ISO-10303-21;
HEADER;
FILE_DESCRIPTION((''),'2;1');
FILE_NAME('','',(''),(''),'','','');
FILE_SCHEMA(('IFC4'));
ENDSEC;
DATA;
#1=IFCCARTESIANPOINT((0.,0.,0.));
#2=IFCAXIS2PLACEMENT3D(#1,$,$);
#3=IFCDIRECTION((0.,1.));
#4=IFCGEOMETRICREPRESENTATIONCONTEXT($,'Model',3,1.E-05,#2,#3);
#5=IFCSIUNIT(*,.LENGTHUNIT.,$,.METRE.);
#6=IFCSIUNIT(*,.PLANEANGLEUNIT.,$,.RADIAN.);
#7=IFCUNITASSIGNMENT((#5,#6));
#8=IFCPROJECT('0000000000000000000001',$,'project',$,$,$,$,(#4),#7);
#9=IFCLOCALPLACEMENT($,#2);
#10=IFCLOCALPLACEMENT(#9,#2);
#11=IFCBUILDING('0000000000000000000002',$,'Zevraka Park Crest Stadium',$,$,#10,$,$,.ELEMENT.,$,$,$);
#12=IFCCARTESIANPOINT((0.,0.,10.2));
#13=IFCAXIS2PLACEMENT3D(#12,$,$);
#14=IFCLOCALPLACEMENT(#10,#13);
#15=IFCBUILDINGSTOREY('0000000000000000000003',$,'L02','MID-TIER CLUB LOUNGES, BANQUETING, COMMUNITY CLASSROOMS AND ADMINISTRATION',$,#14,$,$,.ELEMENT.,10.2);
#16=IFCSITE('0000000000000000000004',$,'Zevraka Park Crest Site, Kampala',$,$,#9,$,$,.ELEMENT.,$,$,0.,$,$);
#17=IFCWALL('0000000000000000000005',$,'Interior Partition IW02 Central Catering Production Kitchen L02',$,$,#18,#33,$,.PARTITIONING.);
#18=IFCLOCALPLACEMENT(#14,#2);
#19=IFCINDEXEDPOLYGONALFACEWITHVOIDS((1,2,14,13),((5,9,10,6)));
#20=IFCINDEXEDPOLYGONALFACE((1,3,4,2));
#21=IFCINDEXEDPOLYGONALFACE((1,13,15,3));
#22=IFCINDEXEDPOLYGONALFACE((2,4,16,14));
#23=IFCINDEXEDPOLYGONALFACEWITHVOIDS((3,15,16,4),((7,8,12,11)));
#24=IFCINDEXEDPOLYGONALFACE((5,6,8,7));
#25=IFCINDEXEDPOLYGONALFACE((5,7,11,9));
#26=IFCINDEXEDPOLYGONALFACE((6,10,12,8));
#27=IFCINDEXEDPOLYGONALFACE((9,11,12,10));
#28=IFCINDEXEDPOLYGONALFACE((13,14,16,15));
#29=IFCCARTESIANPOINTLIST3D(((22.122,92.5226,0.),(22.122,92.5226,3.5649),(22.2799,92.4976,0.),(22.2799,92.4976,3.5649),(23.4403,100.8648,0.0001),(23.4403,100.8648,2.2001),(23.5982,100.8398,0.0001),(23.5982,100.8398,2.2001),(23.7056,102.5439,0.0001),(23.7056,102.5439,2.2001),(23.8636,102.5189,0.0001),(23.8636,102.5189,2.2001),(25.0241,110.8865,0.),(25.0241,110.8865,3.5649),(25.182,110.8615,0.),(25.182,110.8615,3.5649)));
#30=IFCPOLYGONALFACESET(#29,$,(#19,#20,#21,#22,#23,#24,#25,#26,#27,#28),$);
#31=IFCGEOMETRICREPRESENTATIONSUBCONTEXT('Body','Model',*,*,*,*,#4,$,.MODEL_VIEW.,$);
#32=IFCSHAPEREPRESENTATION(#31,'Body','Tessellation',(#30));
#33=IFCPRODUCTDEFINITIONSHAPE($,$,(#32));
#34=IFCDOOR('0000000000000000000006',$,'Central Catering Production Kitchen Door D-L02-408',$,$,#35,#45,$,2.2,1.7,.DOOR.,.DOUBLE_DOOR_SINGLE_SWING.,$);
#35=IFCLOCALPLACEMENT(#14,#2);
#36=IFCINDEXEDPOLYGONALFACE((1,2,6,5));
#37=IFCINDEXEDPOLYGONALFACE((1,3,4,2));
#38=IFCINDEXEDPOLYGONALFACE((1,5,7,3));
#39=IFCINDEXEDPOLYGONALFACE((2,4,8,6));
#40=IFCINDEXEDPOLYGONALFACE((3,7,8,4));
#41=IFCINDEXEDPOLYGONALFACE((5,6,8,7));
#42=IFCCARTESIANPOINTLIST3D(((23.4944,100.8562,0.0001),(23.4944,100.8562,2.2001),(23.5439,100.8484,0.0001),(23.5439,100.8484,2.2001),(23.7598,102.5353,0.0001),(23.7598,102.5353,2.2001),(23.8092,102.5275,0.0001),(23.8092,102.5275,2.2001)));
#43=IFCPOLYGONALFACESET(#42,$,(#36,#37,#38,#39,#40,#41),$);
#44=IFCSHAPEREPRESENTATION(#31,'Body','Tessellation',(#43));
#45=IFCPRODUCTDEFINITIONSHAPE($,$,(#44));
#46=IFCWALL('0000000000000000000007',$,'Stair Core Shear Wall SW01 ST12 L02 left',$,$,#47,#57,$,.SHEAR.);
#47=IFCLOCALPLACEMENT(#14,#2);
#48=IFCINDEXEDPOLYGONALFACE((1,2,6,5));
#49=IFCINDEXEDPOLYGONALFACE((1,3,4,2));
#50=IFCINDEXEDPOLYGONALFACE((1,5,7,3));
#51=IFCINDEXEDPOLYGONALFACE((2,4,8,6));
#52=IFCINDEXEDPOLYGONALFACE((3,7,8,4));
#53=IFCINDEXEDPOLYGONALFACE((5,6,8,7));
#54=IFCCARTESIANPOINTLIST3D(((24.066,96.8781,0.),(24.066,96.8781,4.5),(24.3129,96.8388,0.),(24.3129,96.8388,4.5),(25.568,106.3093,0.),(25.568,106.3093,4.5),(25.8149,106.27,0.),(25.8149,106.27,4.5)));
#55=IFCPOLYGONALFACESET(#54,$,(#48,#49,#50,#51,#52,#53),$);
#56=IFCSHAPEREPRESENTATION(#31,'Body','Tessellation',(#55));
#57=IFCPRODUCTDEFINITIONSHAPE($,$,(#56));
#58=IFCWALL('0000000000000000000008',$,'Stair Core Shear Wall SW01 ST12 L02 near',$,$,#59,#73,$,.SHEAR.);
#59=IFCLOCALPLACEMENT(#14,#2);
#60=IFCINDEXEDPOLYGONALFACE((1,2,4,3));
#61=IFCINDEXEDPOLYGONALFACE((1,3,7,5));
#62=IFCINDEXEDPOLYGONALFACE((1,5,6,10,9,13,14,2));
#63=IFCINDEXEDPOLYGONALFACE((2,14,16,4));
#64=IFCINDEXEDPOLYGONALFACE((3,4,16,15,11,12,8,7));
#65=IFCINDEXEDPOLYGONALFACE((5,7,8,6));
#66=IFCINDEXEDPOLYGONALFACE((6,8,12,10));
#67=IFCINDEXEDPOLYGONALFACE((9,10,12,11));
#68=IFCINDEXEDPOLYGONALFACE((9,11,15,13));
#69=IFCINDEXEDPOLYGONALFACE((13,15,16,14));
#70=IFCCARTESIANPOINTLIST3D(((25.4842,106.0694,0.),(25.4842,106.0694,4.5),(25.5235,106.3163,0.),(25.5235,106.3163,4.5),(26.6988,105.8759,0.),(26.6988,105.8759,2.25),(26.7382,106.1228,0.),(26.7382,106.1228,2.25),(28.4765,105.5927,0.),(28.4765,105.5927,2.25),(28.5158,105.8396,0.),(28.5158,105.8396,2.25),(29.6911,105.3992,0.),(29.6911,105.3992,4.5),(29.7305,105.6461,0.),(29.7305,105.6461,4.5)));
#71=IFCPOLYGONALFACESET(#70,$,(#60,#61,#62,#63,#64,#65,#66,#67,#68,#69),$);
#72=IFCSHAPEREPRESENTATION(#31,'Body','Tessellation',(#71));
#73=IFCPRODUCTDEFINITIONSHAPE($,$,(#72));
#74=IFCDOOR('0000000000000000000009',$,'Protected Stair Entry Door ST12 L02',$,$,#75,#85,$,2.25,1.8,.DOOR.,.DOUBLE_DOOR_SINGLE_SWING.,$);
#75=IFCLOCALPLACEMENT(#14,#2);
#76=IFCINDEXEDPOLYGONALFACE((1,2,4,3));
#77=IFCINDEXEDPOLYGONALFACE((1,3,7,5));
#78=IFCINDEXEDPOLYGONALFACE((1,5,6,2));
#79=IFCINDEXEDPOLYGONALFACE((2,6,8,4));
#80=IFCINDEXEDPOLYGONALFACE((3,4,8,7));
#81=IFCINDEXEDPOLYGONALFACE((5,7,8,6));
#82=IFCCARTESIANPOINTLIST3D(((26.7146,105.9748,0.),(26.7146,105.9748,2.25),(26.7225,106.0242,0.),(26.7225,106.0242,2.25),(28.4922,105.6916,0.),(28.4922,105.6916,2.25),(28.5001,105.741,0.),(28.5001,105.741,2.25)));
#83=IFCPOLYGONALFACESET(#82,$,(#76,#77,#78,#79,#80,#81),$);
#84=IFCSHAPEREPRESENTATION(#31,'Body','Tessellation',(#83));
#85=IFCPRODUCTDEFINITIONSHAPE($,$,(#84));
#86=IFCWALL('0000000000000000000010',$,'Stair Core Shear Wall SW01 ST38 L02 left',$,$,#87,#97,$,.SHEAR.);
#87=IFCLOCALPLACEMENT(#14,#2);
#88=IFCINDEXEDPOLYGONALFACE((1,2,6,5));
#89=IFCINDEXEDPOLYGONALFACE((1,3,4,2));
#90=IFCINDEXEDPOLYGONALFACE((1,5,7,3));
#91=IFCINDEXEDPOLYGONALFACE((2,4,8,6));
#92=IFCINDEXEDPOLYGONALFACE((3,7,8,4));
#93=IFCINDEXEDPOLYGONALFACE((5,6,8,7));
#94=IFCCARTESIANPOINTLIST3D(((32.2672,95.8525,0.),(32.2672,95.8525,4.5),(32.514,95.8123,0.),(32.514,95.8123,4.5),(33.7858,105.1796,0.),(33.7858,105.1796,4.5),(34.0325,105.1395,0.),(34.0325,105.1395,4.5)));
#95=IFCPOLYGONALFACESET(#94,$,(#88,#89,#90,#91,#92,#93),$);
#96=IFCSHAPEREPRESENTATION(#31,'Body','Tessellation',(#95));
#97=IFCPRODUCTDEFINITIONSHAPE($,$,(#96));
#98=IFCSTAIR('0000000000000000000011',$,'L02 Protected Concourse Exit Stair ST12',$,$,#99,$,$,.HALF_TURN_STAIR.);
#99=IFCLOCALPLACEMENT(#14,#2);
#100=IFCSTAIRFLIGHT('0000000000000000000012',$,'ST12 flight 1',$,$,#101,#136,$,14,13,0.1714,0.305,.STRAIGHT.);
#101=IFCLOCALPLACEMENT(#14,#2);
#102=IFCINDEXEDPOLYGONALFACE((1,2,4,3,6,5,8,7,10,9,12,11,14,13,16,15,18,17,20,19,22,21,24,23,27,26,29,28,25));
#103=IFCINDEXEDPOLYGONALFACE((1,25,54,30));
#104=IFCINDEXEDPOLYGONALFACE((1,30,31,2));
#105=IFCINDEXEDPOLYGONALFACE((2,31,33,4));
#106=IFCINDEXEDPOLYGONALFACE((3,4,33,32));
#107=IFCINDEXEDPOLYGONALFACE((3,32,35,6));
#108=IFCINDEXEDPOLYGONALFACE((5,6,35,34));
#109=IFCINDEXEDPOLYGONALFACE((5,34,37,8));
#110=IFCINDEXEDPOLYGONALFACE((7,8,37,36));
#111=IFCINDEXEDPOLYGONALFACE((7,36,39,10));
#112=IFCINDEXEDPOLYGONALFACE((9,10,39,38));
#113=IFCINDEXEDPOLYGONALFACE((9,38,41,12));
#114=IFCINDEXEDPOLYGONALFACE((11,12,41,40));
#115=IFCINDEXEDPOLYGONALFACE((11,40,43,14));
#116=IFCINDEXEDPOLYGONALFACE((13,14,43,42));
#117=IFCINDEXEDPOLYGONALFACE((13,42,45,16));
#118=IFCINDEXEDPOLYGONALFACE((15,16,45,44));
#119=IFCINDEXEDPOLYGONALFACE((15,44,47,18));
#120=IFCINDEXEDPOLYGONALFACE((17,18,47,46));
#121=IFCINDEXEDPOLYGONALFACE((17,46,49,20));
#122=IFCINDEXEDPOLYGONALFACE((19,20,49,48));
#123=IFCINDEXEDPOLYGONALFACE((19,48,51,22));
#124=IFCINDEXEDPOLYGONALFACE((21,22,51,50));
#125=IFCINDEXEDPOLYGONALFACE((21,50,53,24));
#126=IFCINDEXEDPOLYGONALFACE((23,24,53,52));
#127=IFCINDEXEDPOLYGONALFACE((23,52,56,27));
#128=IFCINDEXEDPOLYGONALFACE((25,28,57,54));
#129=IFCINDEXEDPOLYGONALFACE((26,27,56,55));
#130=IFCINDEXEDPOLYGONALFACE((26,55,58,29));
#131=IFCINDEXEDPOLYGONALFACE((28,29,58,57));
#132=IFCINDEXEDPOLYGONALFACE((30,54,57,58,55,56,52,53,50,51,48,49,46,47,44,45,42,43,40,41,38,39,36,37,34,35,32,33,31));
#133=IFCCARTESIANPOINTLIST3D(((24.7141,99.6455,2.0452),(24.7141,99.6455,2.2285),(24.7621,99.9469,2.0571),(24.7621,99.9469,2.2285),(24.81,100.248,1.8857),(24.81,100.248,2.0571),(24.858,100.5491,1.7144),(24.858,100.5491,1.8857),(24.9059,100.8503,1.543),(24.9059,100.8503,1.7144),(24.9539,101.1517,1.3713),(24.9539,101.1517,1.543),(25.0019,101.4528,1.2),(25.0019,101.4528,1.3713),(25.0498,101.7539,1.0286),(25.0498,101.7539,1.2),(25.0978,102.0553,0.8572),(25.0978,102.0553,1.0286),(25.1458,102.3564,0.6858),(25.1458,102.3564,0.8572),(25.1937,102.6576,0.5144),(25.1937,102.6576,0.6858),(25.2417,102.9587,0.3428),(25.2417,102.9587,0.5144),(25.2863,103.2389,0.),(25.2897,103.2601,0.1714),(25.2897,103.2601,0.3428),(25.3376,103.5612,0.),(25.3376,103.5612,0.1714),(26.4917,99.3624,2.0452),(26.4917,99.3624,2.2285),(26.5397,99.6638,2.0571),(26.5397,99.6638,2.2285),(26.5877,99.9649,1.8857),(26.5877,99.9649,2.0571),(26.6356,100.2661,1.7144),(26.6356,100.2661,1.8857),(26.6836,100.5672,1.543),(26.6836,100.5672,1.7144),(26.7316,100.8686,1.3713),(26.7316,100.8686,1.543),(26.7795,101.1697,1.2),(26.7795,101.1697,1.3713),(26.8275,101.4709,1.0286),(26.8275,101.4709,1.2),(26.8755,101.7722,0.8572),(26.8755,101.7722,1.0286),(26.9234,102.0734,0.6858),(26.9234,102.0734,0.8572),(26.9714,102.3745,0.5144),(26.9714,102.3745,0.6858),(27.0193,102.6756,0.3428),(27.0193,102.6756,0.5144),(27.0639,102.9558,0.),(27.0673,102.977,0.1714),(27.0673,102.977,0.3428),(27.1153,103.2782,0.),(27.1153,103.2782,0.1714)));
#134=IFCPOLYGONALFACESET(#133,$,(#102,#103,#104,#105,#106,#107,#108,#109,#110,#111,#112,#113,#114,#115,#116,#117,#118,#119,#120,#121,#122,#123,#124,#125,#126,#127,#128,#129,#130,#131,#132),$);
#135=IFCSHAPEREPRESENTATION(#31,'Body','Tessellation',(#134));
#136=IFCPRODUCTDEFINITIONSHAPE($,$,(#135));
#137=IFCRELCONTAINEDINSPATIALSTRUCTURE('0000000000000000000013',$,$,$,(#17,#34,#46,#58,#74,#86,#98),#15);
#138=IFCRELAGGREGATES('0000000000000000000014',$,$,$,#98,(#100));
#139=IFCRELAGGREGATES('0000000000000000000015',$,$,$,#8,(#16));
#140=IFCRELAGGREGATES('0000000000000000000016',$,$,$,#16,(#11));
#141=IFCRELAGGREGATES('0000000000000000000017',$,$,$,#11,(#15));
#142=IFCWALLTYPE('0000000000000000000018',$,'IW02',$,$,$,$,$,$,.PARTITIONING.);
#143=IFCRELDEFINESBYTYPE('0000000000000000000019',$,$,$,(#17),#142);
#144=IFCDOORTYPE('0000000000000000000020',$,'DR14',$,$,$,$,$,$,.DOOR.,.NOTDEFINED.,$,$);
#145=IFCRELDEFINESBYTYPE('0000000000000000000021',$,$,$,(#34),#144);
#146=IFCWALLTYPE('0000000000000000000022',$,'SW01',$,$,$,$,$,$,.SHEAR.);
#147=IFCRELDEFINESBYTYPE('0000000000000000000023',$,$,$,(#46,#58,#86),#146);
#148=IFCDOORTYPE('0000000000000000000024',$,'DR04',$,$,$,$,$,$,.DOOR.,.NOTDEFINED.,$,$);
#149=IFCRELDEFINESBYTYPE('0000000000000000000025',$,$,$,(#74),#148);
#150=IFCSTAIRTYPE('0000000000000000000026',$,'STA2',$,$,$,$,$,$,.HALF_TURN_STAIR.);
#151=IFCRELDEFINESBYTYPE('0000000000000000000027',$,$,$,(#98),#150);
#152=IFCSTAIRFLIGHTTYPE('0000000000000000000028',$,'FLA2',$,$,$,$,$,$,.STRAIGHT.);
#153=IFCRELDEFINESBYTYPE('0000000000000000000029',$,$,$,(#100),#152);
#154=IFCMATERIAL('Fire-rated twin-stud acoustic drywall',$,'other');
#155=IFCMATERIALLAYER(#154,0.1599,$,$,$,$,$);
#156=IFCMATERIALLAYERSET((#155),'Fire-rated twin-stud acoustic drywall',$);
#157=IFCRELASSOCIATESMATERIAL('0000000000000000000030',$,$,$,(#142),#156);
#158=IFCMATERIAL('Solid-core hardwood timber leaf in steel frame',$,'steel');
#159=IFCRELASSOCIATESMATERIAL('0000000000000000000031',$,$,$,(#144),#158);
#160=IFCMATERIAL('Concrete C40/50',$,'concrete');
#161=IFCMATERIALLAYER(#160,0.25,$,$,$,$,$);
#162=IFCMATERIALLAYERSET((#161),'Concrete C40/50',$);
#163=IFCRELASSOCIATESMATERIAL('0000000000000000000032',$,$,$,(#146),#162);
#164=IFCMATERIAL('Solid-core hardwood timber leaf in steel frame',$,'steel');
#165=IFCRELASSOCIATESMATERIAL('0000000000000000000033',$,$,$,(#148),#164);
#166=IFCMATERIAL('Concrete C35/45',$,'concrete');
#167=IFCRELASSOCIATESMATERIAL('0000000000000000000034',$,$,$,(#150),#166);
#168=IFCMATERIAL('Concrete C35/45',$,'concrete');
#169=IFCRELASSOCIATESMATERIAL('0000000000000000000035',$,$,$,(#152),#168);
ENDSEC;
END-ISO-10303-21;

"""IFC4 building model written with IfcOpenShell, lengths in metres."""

from ifc_helpers import new_model, si_unit, direction, frame, frame_2d, origin, place, context, subcontext, project, spatial, polyline, rectangle, outline, extrude, material, layer, layer_set, type_object, element, fill, aggregate, save


model = new_model("IFC4")

# Units and contexts
model_context = context("Model", 3, precision=1e-05, world=origin(), true_north=direction((0.0, 1.0)))
body_context = subcontext(model_context, "Body", "Model", "MODEL_VIEW")
ifc_project = project(units=[si_unit("LENGTHUNIT", "METRE"), si_unit("PLANEANGLEUNIT", "RADIAN")], contexts=[model_context])

# Site, building, storey
site_placement = place(None, origin())
site = spatial("IfcSite", under=ifc_project, at=site_placement, Name="Zevraka Park Crest Site, Kampala", CompositionType="ELEMENT", RefElevation=0.0)
building_placement = place(site_placement, origin())
building = spatial("IfcBuilding", under=site, at=building_placement, Name="Zevraka Park Crest Stadium", CompositionType="ELEMENT")
storey_placement = place(building_placement, frame((0.0, 0.0, 10.2)))
storey = spatial("IfcBuildingStorey", under=building, at=storey_placement, Name="L02", Description="MID-TIER CLUB LOUNGES, BANQUETING, COMMUNITY CLASSROOMS AND ADMINISTRATION", CompositionType="ELEMENT", Elevation=10.2)

# Wall, opening, door
ifc_material_1 = material(Name="Fire-rated twin-stud acoustic drywall", Category="other")
ifc_layer_1 = layer(ifc_material_1, 0.1599)
ifc_layer_set_1 = layer_set([ifc_layer_1], Name="Fire-rated twin-stud acoustic drywall")
wall_type_1 = type_object("IfcWallType", Name="IW02", PredefinedType="PARTITIONING", material=ifc_layer_set_1)
wall_1_placement = place(storey_placement, frame((25.103, 110.874, 0.0), z_axis=(0.0, 0.0, 1.0), x_axis=(-0.156095, -0.987742, 0.0)))
wall_1 = element("IfcWall", 1, at=wall_1_placement, inside=storey, type_object=wall_type_1, Name="Interior Partition IW02 Central Catering Production Kitchen L02", PredefinedType="PARTITIONING", context=body_context, shape_type="SweptSolid", body=[
    extrude(rectangle(XDim=18.5918, YDim=0.1599, at=frame_2d((9.2959, 0.0))), origin(), (0.0, 0.0, 1.0), 3.5649),
])
opening_1_placement = place(wall_1_placement, frame((8.446, 0.0, 0.0)))
opening_1 = element("IfcOpeningElement", 2, at=opening_1_placement, cuts=wall_1, PredefinedType="OPENING", context=body_context, shape_type="SweptSolid", body=[
    extrude(rectangle(XDim=1.7, YDim=2.2, at=frame_2d((0.8501, 1.1001))), frame((0.0, 0.0898, 0.0), z_axis=(0.0, -1.0, 0.0), x_axis=(1.0, 0.0, 0.0)), (0.0, 0.0, 1.0), 0.1799),
])
ifc_material_2 = material(Name="Solid-core hardwood timber leaf in steel frame", Category="steel")
door_type_1 = type_object("IfcDoorType", Name="DR14", OperationType="NOTDEFINED", PredefinedType="DOOR", material=ifc_material_2)
door_1_placement = place(opening_1_placement, origin())
door_1 = element("IfcDoor", 3, at=door_1_placement, inside=storey, type_object=door_type_1, Name="Central Catering Production Kitchen Door D-L02-408", OperationType="DOUBLE_DOOR_SINGLE_SWING", OverallHeight=2.2, OverallWidth=1.7, PredefinedType="DOOR", context=body_context, shape_type="SweptSolid", body=[
    extrude(rectangle(XDim=1.7, YDim=2.2, at=frame_2d((0.8501, 1.1001))), frame((0.0, 0.0249, 0.0), z_axis=(0.0, -1.0, 0.0), x_axis=(1.0, 0.0, 0.0)), (0.0, 0.0, 1.0), 0.05),
])
fill(opening_1, door_1)

# Wall
ifc_material_3 = material(Name="Concrete C40/50", Category="concrete")
ifc_layer_2 = layer(ifc_material_3, 0.25)
ifc_layer_set_2 = layer_set([ifc_layer_2], Name="Concrete C40/50")
wall_type_2 = type_object("IfcWallType", Name="SW01", PredefinedType="SHEAR", material=ifc_layer_set_2)
wall_2_placement = place(storey_placement, frame((25.6914, 106.2896, 0.0), z_axis=(0.0, 0.0, 1.0), x_axis=(-0.157273, -0.987555, 0.0)))
element("IfcWall", 4, at=wall_2_placement, inside=storey, type_object=wall_type_2, Name="Stair Core Shear Wall SW01 ST12 L02 left", PredefinedType="SHEAR", context=body_context, shape_type="SweptSolid", body=[
    extrude(rectangle(XDim=9.55, YDim=0.25, at=frame_2d((4.7749, 0.0))), origin(), (0.0, 0.0, 1.0), 4.5),
])

# Wall, opening, door
wall_3_placement = place(storey_placement, frame((29.7107, 105.5227, 0.0), z_axis=(0.0, 0.0, 1.0), x_axis=(-0.987549, 0.157313, 0.0)))
wall_3 = element("IfcWall", 5, at=wall_3_placement, inside=storey, type_object=wall_type_2, Name="Stair Core Shear Wall SW01 ST12 L02 near", PredefinedType="SHEAR", context=body_context, shape_type="SweptSolid", body=[
    extrude(rectangle(XDim=4.26, YDim=0.25, at=frame_2d((2.1299, 0.0))), origin(), (0.0, 0.0, 1.0), 4.5),
])
opening_2_placement = place(wall_3_placement, frame((1.23, 0.0, 0.0)))
opening_2 = element("IfcOpeningElement", 6, at=opening_2_placement, cuts=wall_3, PredefinedType="OPENING", context=body_context, shape_type="SweptSolid", body=[
    extrude(rectangle(XDim=1.8, YDim=2.25, at=frame_2d((0.8999, 1.125))), frame((0.0, 0.135, 0.0), z_axis=(0.0, -1.0, 0.0), x_axis=(1.0, 0.0, 0.0)), (0.0, 0.0, 1.0), 0.27),
])
ifc_material_4 = material(Name="Solid-core hardwood timber leaf in steel frame", Category="steel")
door_type_2 = type_object("IfcDoorType", Name="DR04", OperationType="NOTDEFINED", PredefinedType="DOOR", material=ifc_material_4)
door_2_placement = place(opening_2_placement, origin())
door_2 = element("IfcDoor", 7, at=door_2_placement, inside=storey, type_object=door_type_2, Name="Protected Stair Entry Door ST12 L02", OperationType="DOUBLE_DOOR_SINGLE_SWING", OverallHeight=2.25, OverallWidth=1.8, PredefinedType="DOOR", context=body_context, shape_type="SweptSolid", body=[
    extrude(rectangle(XDim=1.8, YDim=2.25, at=frame_2d((0.8999, 1.125))), frame((0.0, 0.0249, 0.0), z_axis=(0.0, -1.0, 0.0), x_axis=(1.0, 0.0, 0.0)), (0.0, 0.0, 1.0), 0.05),
])
fill(opening_2, door_2)

# Wall
wall_4_placement = place(storey_placement, frame((33.9092, 105.1597, 0.0), z_axis=(0.0, 0.0, 1.0), x_axis=(-0.160694, -0.987004, 0.0)))
element("IfcWall", 8, at=wall_4_placement, inside=storey, type_object=wall_type_2, Name="Stair Core Shear Wall SW01 ST38 L02 left", PredefinedType="SHEAR", context=body_context, shape_type="SweptSolid", body=[
    extrude(rectangle(XDim=9.45, YDim=0.25, at=frame_2d((4.7251, 0.0))), origin(), (0.0, 0.0, 1.0), 4.5),
])

# Stair, stair flight
ifc_material_5 = material(Name="Concrete C35/45", Category="concrete")
stair_type = type_object("IfcStairType", Name="STA2", PredefinedType="HALF_TURN_STAIR", material=ifc_material_5)
stair_placement = place(storey_placement, origin())
stair = element("IfcStair", 9, at=stair_placement, inside=storey, type_object=stair_type, Name="L02 Protected Concourse Exit Stair ST12", PredefinedType="HALF_TURN_STAIR")
ifc_material_6 = material(Name="Concrete C35/45", Category="concrete")
stair_flight_type = type_object("IfcStairFlightType", Name="FLA2", PredefinedType="STRAIGHT", material=ifc_material_6)
stair_flight_placement = place(storey_placement, frame((26.2266, 103.4197, 0.0), z_axis=(0.0, 0.0, 1.0), x_axis=(-0.157262, -0.987557, 0.0)))
stair_flight = element("IfcStairFlight", 10, at=stair_flight_placement, type_object=stair_flight_type, Name="ST12 flight 1", NumberOfRisers=14, NumberOfTreads=13, PredefinedType="STRAIGHT", RiserHeight=0.1714, TreadLength=0.305, context=body_context, shape_type="SweptSolid", body=[
    extrude(outline(polyline([(0.0, 0.0), (0.0, 0.1714), (0.3049, 0.1714), (0.3049, 0.3428), (0.6101, 0.3428), (0.6101, 0.5144), (0.915, 0.5144), (0.915, 0.6858), (1.22, 0.6858), (1.22, 0.8572), (1.5249, 0.8572), (1.5249, 1.0286), (1.8301, 1.0286), (1.8301, 1.2), (2.135, 1.2), (2.135, 1.3713), (2.4399, 1.3713), (2.4399, 1.543), (2.7451, 1.543), (2.7451, 1.7144), (3.05, 1.7144), (3.05, 1.8857), (3.355, 1.8857), (3.355, 2.0571), (3.6599, 2.0571), (3.6599, 2.2285), (3.9651, 2.2285), (3.9651, 2.3999), (3.9651, 2.0452), (0.3264, 0.0), (0.0, 0.0)])), frame((0.0, 0.8999, 0.0), z_axis=(0.0, -1.0, 0.0), x_axis=(1.0, 0.0, 0.0)), (0.0, 0.0, 1.0), 1.8),
])
aggregate(stair, [stair_flight])

save(model, "model.ifc")
